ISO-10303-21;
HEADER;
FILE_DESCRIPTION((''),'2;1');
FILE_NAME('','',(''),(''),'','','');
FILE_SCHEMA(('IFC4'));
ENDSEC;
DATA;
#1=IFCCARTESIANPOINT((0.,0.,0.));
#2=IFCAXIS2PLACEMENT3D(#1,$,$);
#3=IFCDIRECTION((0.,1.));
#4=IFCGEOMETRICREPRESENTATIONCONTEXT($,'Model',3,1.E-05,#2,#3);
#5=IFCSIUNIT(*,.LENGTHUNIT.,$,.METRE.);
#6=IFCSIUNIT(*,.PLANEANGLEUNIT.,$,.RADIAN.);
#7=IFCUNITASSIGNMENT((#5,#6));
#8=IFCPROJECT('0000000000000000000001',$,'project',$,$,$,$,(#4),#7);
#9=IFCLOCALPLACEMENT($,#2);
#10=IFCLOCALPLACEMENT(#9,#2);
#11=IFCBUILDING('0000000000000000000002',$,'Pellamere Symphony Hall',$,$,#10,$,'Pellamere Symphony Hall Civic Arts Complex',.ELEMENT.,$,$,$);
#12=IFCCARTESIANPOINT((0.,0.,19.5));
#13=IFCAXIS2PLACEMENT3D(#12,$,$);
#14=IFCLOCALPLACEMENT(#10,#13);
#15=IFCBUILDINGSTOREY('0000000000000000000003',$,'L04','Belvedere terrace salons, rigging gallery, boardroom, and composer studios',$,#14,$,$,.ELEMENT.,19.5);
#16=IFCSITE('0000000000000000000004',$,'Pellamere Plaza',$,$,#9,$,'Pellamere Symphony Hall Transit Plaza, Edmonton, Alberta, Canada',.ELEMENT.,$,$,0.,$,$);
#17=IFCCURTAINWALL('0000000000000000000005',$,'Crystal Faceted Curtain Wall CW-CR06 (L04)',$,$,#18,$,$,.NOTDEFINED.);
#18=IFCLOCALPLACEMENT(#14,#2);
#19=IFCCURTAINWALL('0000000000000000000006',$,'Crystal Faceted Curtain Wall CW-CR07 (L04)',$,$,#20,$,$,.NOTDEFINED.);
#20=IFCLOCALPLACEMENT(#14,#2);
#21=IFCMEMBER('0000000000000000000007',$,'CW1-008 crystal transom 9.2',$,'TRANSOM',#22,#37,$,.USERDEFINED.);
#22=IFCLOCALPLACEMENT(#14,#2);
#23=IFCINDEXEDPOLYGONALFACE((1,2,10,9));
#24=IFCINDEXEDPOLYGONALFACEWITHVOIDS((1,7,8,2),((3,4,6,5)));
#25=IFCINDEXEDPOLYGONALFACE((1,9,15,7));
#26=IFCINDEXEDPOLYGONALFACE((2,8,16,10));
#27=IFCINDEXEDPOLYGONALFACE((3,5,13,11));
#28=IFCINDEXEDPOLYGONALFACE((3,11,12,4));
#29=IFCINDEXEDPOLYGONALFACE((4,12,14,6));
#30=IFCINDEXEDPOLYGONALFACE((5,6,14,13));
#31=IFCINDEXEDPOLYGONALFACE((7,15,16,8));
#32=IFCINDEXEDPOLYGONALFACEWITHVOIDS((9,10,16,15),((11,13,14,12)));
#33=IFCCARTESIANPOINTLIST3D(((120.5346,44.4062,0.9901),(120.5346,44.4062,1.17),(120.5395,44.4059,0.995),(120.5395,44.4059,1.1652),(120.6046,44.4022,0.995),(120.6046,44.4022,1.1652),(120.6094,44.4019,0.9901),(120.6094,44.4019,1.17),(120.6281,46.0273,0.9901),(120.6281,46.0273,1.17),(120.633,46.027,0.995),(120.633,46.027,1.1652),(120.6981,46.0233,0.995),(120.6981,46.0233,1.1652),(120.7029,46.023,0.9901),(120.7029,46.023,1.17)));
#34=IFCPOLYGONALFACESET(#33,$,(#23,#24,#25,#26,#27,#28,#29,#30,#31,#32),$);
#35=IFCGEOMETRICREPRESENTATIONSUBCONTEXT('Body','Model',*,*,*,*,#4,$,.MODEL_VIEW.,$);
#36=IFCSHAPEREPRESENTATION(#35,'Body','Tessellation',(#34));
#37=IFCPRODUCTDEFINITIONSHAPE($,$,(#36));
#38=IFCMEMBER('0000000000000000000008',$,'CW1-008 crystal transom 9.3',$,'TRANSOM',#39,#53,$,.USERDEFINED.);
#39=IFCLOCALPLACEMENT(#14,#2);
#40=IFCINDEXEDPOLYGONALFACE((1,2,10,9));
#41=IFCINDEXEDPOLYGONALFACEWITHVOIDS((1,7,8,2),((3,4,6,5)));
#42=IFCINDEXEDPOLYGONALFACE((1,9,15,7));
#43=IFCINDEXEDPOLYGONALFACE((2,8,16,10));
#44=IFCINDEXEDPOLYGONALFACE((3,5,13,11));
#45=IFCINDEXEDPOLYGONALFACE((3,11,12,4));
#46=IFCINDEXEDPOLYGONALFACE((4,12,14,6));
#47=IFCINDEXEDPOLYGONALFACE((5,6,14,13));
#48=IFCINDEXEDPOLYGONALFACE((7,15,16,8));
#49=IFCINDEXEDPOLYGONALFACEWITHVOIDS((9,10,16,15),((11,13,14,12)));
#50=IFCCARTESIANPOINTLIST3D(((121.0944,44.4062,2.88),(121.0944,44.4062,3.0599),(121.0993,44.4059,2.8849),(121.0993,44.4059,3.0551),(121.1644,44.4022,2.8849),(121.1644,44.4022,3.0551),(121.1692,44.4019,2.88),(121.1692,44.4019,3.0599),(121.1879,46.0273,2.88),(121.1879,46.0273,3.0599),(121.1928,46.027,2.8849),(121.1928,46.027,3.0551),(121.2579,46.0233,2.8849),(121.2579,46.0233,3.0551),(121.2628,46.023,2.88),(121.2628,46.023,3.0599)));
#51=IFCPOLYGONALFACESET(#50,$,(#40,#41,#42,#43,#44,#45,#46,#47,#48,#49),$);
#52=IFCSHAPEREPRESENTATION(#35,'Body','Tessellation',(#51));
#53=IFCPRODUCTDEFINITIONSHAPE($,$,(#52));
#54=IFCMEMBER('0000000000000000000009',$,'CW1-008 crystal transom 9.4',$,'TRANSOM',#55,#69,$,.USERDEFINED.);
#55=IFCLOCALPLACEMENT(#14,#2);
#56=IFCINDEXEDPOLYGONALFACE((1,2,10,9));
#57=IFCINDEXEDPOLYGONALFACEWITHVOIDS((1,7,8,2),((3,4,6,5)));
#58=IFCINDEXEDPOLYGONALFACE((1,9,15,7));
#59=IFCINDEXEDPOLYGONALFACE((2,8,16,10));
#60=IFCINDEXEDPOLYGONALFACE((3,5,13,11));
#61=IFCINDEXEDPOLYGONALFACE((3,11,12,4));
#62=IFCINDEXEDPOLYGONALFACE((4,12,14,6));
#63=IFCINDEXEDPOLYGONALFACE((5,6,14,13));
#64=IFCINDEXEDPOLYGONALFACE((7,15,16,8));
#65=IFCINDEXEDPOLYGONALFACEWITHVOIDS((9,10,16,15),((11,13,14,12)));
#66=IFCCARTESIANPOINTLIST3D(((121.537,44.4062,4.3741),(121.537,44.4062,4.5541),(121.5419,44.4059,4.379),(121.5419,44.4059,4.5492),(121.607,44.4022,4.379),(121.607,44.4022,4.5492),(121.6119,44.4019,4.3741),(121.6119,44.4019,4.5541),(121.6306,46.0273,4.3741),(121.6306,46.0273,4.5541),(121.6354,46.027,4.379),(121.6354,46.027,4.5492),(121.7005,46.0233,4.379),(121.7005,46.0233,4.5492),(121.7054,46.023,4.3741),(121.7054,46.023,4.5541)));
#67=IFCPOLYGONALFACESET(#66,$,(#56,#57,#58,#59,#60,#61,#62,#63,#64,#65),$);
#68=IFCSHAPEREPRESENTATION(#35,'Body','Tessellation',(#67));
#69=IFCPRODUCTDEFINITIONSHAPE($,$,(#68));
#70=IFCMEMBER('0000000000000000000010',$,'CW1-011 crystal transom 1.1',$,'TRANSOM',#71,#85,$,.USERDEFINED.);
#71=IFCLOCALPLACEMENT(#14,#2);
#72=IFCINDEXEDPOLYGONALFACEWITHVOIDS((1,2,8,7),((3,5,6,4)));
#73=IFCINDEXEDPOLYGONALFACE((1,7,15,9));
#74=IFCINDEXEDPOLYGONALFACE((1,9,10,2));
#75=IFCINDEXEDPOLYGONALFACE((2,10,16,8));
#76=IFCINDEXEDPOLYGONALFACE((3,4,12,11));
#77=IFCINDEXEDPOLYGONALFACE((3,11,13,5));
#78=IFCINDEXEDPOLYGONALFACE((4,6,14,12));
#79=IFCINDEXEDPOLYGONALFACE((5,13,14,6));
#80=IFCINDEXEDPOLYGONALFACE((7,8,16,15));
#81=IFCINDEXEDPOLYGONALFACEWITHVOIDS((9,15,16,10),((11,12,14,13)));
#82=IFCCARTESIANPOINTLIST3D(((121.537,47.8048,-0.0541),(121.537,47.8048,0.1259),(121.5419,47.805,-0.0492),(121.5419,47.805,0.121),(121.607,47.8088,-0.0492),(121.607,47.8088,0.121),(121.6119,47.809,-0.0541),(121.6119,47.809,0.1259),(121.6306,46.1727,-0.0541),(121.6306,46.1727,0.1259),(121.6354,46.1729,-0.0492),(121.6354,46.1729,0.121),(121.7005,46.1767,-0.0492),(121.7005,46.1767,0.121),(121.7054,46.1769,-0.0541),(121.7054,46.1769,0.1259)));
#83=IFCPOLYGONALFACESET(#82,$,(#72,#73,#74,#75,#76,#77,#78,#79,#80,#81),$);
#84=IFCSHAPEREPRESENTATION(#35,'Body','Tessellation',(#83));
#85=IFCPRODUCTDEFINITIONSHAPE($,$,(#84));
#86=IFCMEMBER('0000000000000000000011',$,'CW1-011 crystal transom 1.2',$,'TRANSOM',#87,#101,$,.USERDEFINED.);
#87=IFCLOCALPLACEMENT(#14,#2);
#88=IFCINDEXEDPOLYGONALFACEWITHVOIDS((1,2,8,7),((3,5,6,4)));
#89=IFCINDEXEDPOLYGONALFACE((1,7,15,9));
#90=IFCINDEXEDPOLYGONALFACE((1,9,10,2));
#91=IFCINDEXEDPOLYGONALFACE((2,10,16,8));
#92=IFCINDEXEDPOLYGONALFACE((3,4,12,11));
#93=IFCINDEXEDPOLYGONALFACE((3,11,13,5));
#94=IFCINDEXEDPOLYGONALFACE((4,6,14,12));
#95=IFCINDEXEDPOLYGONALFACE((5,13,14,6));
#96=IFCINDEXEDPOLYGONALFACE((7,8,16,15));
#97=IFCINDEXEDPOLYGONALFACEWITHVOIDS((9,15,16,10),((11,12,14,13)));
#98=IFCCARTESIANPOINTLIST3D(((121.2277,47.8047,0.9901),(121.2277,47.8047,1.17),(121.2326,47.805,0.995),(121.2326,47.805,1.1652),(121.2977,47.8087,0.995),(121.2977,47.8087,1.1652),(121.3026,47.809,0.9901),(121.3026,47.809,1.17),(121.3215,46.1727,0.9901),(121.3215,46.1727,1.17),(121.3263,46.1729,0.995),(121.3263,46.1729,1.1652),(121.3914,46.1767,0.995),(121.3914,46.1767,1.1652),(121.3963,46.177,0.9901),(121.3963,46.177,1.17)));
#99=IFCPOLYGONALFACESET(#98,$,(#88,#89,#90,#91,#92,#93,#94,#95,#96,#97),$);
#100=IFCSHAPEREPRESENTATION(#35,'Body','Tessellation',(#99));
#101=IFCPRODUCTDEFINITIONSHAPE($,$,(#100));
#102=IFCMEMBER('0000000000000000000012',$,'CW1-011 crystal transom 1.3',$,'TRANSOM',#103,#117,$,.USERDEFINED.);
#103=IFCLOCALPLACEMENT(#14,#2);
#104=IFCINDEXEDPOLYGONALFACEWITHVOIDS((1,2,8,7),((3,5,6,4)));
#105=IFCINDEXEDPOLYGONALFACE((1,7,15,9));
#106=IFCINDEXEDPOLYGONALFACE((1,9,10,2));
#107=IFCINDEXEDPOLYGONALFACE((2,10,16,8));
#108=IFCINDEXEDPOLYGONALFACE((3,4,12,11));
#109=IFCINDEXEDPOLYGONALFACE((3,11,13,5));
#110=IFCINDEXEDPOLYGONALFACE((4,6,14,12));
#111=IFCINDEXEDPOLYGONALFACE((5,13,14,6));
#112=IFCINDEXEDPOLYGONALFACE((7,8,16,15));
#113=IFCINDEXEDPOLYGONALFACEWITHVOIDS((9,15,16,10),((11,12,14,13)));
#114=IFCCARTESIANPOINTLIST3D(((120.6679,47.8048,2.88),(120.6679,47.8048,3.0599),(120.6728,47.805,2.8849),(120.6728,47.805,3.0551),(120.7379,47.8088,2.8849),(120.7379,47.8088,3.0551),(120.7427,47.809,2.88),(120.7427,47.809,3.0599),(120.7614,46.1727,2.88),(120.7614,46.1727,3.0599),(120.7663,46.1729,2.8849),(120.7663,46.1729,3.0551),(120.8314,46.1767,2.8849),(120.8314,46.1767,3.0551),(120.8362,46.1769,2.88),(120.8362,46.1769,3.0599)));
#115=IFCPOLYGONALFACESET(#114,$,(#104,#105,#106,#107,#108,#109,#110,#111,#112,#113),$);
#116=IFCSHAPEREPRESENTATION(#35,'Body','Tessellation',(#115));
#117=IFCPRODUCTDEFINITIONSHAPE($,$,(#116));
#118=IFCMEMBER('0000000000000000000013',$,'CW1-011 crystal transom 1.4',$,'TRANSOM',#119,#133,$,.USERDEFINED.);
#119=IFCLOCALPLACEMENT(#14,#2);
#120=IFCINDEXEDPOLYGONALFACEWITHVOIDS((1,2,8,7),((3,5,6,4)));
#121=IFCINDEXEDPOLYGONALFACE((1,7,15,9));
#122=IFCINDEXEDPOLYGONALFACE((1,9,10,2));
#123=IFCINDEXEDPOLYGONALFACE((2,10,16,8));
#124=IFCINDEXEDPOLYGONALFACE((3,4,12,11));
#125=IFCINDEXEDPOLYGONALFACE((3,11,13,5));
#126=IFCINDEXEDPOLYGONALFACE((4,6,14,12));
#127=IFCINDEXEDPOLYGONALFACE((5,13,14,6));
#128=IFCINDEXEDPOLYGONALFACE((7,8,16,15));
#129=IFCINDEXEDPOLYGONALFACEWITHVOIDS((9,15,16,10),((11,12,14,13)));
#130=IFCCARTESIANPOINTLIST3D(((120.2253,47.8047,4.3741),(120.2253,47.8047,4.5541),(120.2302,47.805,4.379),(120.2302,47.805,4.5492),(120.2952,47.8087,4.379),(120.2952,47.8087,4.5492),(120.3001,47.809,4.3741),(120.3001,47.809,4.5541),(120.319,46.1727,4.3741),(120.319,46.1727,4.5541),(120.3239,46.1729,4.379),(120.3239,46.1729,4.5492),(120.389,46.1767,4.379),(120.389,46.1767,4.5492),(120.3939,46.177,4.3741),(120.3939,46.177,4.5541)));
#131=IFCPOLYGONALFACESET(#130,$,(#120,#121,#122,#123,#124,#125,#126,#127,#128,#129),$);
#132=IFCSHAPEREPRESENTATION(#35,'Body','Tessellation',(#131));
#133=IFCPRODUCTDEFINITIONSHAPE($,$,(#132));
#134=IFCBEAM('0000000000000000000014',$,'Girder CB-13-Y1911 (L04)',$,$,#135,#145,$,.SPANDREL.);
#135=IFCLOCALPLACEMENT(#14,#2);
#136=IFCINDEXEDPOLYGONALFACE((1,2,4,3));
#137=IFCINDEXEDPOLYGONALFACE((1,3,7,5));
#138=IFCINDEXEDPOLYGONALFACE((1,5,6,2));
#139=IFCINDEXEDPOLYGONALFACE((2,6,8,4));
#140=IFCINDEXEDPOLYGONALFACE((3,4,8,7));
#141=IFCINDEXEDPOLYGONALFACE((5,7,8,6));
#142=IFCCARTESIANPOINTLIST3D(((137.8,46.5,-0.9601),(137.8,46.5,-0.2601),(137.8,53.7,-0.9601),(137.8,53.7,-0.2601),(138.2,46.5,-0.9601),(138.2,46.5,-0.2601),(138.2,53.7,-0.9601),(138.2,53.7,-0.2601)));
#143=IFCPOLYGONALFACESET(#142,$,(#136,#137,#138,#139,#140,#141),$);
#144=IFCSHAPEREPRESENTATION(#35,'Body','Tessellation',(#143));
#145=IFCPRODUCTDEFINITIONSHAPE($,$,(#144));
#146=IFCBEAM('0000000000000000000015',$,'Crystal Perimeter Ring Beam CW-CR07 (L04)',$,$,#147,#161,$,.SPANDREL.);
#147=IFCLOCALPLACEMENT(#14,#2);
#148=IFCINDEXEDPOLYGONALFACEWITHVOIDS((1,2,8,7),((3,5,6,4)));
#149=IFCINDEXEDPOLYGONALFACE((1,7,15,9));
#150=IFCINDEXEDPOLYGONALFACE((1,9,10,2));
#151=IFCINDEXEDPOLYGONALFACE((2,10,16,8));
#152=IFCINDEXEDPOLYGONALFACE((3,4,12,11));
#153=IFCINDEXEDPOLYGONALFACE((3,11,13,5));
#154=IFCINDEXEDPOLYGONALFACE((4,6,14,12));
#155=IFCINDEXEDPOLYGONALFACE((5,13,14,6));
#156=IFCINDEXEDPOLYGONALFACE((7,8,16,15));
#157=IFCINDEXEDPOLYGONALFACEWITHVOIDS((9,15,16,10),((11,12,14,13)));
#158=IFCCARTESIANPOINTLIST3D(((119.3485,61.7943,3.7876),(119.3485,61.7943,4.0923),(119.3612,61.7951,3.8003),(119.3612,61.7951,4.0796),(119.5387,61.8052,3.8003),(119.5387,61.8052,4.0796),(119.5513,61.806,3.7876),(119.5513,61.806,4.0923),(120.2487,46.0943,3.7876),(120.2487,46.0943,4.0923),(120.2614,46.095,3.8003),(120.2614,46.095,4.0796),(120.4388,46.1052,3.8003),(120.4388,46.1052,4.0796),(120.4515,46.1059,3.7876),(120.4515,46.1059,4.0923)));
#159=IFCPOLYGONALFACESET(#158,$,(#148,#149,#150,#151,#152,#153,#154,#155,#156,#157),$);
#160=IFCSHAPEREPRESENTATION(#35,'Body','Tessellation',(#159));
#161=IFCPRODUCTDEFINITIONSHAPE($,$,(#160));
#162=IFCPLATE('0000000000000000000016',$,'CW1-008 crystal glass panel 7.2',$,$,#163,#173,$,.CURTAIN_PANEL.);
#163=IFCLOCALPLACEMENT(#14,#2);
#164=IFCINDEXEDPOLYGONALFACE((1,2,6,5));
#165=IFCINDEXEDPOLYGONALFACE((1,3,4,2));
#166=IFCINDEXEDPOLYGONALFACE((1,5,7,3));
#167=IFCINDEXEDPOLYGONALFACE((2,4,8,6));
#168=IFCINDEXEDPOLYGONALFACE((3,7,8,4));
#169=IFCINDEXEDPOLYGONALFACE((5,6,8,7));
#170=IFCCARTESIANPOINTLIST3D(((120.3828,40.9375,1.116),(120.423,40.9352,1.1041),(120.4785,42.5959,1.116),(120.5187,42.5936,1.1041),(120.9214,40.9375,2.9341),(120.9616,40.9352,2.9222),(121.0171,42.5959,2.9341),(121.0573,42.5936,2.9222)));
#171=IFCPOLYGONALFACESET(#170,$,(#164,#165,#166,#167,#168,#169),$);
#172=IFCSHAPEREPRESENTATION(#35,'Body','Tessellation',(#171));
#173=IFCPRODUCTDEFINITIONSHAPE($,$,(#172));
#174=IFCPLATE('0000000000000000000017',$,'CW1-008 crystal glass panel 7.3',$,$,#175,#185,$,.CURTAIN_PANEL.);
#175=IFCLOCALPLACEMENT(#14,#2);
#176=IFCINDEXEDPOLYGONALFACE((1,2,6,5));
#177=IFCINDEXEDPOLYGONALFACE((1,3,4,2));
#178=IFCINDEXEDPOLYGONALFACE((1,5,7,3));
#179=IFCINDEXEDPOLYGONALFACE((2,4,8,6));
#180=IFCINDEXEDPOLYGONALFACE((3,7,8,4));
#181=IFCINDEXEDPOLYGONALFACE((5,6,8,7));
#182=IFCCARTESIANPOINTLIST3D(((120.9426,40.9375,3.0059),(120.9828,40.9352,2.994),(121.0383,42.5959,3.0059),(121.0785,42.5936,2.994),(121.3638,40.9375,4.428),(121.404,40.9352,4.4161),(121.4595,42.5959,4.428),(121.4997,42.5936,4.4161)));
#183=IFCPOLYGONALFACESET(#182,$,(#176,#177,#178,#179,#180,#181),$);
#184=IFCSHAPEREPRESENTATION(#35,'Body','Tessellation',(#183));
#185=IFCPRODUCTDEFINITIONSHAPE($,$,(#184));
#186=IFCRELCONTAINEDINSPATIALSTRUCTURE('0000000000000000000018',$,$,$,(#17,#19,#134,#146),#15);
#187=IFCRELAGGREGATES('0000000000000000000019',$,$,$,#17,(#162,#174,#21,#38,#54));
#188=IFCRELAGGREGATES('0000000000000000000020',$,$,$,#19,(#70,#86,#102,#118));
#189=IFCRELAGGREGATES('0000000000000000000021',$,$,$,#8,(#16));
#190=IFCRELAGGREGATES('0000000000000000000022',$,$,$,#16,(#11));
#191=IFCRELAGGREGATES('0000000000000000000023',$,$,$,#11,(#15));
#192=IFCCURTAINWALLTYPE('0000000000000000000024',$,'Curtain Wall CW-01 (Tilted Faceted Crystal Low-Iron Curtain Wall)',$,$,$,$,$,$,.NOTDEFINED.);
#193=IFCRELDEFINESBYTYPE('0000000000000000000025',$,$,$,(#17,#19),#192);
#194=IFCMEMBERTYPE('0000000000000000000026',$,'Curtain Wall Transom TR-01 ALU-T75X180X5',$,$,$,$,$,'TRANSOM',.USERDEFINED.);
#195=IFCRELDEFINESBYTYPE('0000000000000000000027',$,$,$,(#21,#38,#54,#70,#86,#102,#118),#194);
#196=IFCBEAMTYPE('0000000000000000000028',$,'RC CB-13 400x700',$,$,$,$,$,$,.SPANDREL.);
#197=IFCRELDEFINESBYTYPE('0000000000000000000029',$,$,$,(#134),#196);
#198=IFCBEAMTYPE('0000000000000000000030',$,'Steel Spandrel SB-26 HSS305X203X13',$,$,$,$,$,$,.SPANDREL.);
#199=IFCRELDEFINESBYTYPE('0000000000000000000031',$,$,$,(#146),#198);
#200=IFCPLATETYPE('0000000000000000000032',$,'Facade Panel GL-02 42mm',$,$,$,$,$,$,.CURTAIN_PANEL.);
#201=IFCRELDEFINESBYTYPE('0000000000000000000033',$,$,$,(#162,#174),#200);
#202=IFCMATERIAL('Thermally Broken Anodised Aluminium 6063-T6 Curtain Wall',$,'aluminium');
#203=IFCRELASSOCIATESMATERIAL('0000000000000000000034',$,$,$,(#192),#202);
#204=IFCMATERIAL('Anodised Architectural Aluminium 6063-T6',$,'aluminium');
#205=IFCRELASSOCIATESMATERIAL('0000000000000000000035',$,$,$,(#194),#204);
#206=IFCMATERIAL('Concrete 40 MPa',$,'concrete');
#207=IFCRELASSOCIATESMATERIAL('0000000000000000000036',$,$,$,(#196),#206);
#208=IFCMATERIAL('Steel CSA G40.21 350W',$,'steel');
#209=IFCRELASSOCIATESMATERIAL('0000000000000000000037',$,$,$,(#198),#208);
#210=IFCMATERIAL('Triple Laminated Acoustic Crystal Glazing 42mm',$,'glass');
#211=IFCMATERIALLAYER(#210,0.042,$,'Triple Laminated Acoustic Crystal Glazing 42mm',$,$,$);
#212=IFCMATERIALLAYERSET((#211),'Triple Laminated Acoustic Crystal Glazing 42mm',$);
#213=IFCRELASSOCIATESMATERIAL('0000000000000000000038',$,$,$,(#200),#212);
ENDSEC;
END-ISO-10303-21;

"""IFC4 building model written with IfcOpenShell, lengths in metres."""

from ifc_helpers import new_model, si_unit, direction, frame, origin, origin_2d, place, context, subcontext, project, spatial, polyline, rectangle, hollow_rectangle, outline, extrude, material, layer, layer_set, material_profile, profile_set, type_object, element, aggregate, save


model = new_model("IFC4")

# Units and contexts
model_context = context("Model", 3, precision=1e-05, world=origin(), true_north=direction((0.0, 1.0)))
body_context = subcontext(model_context, "Body", "Model", "MODEL_VIEW")
ifc_project = project(units=[si_unit("LENGTHUNIT", "METRE"), si_unit("PLANEANGLEUNIT", "RADIAN")], contexts=[model_context])

# Site, building, storey
site_placement = place(None, origin())
site = spatial("IfcSite", under=ifc_project, at=site_placement, Name="Pellamere Plaza", LongName="Pellamere Symphony Hall Transit Plaza, Edmonton, Alberta, Canada", CompositionType="ELEMENT", RefElevation=0.0)
building_placement = place(site_placement, origin())
building = spatial("IfcBuilding", under=site, at=building_placement, Name="Pellamere Symphony Hall", LongName="Pellamere Symphony Hall Civic Arts Complex", CompositionType="ELEMENT")
storey_placement = place(building_placement, frame((0.0, 0.0, 19.5)))
storey = spatial("IfcBuildingStorey", under=building, at=storey_placement, Name="L04", Description="Belvedere terrace salons, rigging gallery, boardroom, and composer studios", CompositionType="ELEMENT", Elevation=19.5)

# Curtain walls
ifc_material_1 = material(Name="Thermally Broken Anodised Aluminium 6063-T6 Curtain Wall", Category="aluminium")
curtain_wall_type = type_object("IfcCurtainWallType", Name="Curtain Wall CW-01 (Tilted Faceted Crystal Low-Iron Curtain Wall)", PredefinedType="NOTDEFINED", material=ifc_material_1)
curtain_wall_1_placement = place(storey_placement, origin())
curtain_wall_1 = element("IfcCurtainWall", 1, at=curtain_wall_1_placement, inside=storey, type_object=curtain_wall_type, Name="Crystal Faceted Curtain Wall CW-CR06 (L04)", PredefinedType="NOTDEFINED")
ifc_material_2 = material(Name="Anodised Architectural Aluminium 6063-T6", Category="aluminium")
curtain_wall_2_placement = place(storey_placement, origin())
curtain_wall_2 = element("IfcCurtainWall", 2, at=curtain_wall_2_placement, inside=storey, type_object=curtain_wall_type, Name="Crystal Faceted Curtain Wall CW-CR07 (L04)", PredefinedType="NOTDEFINED")

# Members
ifc_material_profile_1 = material_profile(ifc_material_2, hollow_rectangle(XDim=0.075, YDim=0.1799, WallThickness=0.0049, at=origin_2d()), Name="ALU-T75X180X5")
ifc_profile_set_1 = profile_set([ifc_material_profile_1], Name="Anodised Architectural Aluminium 6063-T6")
member_type_1 = type_object("IfcMemberType", Name="Curtain Wall Transom TR-01 ALU-T75X180X5", ElementType="TRANSOM", PredefinedType="USERDEFINED", material=ifc_profile_set_1)
member_1_placement = place(storey_placement, frame((120.572, 44.4041, 1.0801), z_axis=(0.057585, 0.998341, 0.0), x_axis=(-0.998341, 0.057585, 0.0)))
member_1 = element("IfcMember", 3, at=member_1_placement, type_object=member_type_1, Name="CW1-008 crystal transom 9.2", ObjectType="TRANSOM", PredefinedType="USERDEFINED", context=body_context, shape_type="SweptSolid", body=[
    extrude(hollow_rectangle(XDim=0.075, YDim=0.1799, WallThickness=0.0049, at=origin_2d()), origin(), (0.0, 0.0, 1.0), 1.6238),
])
member_2_placement = place(storey_placement, frame((121.1318, 44.4041, 2.97), z_axis=(0.057585, 0.998341, 0.0), x_axis=(-0.998341, 0.057585, 0.0)))
member_2 = element("IfcMember", 4, at=member_2_placement, type_object=member_type_1, Name="CW1-008 crystal transom 9.3", ObjectType="TRANSOM", PredefinedType="USERDEFINED", context=body_context, shape_type="SweptSolid", body=[
    extrude(hollow_rectangle(XDim=0.075, YDim=0.1799, WallThickness=0.0049, at=origin_2d()), origin(), (0.0, 0.0, 1.0), 1.6238),
])
member_3_placement = place(storey_placement, frame((121.5745, 44.4041, 4.4641), z_axis=(0.057585, 0.998341, 0.0), x_axis=(-0.998341, 0.057585, 0.0)))
member_3 = element("IfcMember", 5, at=member_3_placement, type_object=member_type_1, Name="CW1-008 crystal transom 9.4", ObjectType="TRANSOM", PredefinedType="USERDEFINED", context=body_context, shape_type="SweptSolid", body=[
    extrude(hollow_rectangle(XDim=0.075, YDim=0.1799, WallThickness=0.0049, at=origin_2d()), origin(), (0.0, 0.0, 1.0), 1.6238),
])
member_4_placement = place(storey_placement, frame((121.668, 46.1748, 0.0359), z_axis=(-0.057199, 0.998363, 0.0), x_axis=(-0.998363, -0.057199, 0.0)))
member_4 = element("IfcMember", 6, at=member_4_placement, type_object=member_type_1, Name="CW1-011 crystal transom 1.1", ObjectType="TRANSOM", PredefinedType="USERDEFINED", context=body_context, shape_type="SweptSolid", body=[
    extrude(hollow_rectangle(XDim=0.075, YDim=0.1799, WallThickness=0.0049, at=origin_2d()), origin(), (0.0, 0.0, 1.0), 1.6348),
])
member_5_placement = place(storey_placement, frame((121.3589, 46.1748, 1.0801), z_axis=(-0.057348, 0.998354, 0.0), x_axis=(-0.998354, -0.057348, 0.0)))
member_5 = element("IfcMember", 7, at=member_5_placement, type_object=member_type_1, Name="CW1-011 crystal transom 1.2", ObjectType="TRANSOM", PredefinedType="USERDEFINED", context=body_context, shape_type="SweptSolid", body=[
    extrude(hollow_rectangle(XDim=0.075, YDim=0.1799, WallThickness=0.0049, at=origin_2d()), origin(), (0.0, 0.0, 1.0), 1.6348),
])
member_6_placement = place(storey_placement, frame((120.7988, 46.1748, 2.97), z_axis=(-0.057199, 0.998363, 0.0), x_axis=(-0.998363, -0.057199, 0.0)))
member_6 = element("IfcMember", 8, at=member_6_placement, type_object=member_type_1, Name="CW1-011 crystal transom 1.3", ObjectType="TRANSOM", PredefinedType="USERDEFINED", context=body_context, shape_type="SweptSolid", body=[
    extrude(hollow_rectangle(XDim=0.075, YDim=0.1799, WallThickness=0.0049, at=origin_2d()), origin(), (0.0, 0.0, 1.0), 1.6348),
])
member_7_placement = place(storey_placement, frame((120.3564, 46.1748, 4.4641), z_axis=(-0.057348, 0.998354, 0.0), x_axis=(-0.998354, -0.057348, 0.0)))
member_7 = element("IfcMember", 9, at=member_7_placement, type_object=member_type_1, Name="CW1-011 crystal transom 1.4", ObjectType="TRANSOM", PredefinedType="USERDEFINED", context=body_context, shape_type="SweptSolid", body=[
    extrude(hollow_rectangle(XDim=0.075, YDim=0.1799, WallThickness=0.0049, at=origin_2d()), origin(), (0.0, 0.0, 1.0), 1.6348),
])

# Beams
ifc_material_3 = material(Name="Concrete 40 MPa", Category="concrete")
ifc_material_profile_2 = material_profile(ifc_material_3, rectangle(XDim=0.3999, YDim=0.7, at=origin_2d()), Name="RC 400x700")
ifc_profile_set_2 = profile_set([ifc_material_profile_2], Name="Concrete 40 MPa")
beam_type_1 = type_object("IfcBeamType", Name="RC CB-13 400x700", PredefinedType="SPANDREL", material=ifc_profile_set_2)
beam_1_placement = place(storey_placement, frame((138.0, 46.5, -0.6101), z_axis=(0.0, 1.0, 0.0), x_axis=(-1.0, 0.0, 0.0)))
element("IfcBeam", 10, at=beam_1_placement, inside=storey, type_object=beam_type_1, Name="Girder CB-13-Y1911 (L04)", PredefinedType="SPANDREL", context=body_context, shape_type="SweptSolid", body=[
    extrude(rectangle(XDim=0.3999, YDim=0.7, at=origin_2d()), origin(), (0.0, 0.0, 1.0), 7.2),
])
ifc_material_4 = material(Name="Steel CSA G40.21 350W", Category="steel")
ifc_material_profile_3 = material_profile(ifc_material_4, hollow_rectangle(XDim=0.2031, YDim=0.3047, WallThickness=0.0127, at=origin_2d()), Name="HSS305X203X13")
ifc_profile_set_3 = profile_set([ifc_material_profile_3], Name="Steel CSA G40.21 350W")
beam_type_2 = type_object("IfcBeamType", Name="Steel Spandrel SB-26 HSS305X203X13", PredefinedType="SPANDREL", material=ifc_profile_set_3)
beam_2_placement = place(storey_placement, frame((120.3501, 46.1001, 3.9399), z_axis=(-0.05724, 0.99836, 0.0), x_axis=(-0.99836, -0.05724, 0.0)))
element("IfcBeam", 11, at=beam_2_placement, inside=storey, type_object=beam_type_2, Name="Crystal Perimeter Ring Beam CW-CR07 (L04)", PredefinedType="SPANDREL", context=body_context, shape_type="SweptSolid", body=[
    extrude(hollow_rectangle(XDim=0.2031, YDim=0.3047, WallThickness=0.0127, at=origin_2d()), origin(), (0.0, 0.0, 1.0), 15.7258),
])

# Plates
ifc_material_5 = material(Name="Triple Laminated Acoustic Crystal Glazing 42mm", Category="glass")
ifc_layer_1 = layer(ifc_material_5, 0.042, Name="Triple Laminated Acoustic Crystal Glazing 42mm")
ifc_layer_set_1 = layer_set([ifc_layer_1], Name="Triple Laminated Acoustic Crystal Glazing 42mm")
plate_type_1 = type_object("IfcPlateType", Name="Facade Panel GL-02 42mm", PredefinedType="CURTAIN_PANEL", material=ifc_layer_set_1)
plate_1_placement = place(storey_placement, frame((120.3828, 40.9375, 1.116), z_axis=(-0.957352, 0.055245, 0.283593), x_axis=(0.057611, 0.998339, 0.0)))
plate_1 = element("IfcPlate", 12, at=plate_1_placement, type_object=plate_type_1, Name="CW1-008 crystal glass panel 7.2", PredefinedType="CURTAIN_PANEL", context=body_context, shape_type="SweptSolid", body=[
    extrude(outline(polyline([(0.0, 0.0), (1.6612, 0.0), (1.6922, -1.896), (0.031, -1.896), (0.0, 0.0)])), origin(), (0.0, 0.0, -1.0), 0.042),
])
plate_2_placement = place(storey_placement, frame((120.9426, 40.9375, 3.0059), z_axis=(-0.957375, 0.055247, 0.283515), x_axis=(0.057611, 0.998339, 0.0)))
plate_2 = element("IfcPlate", 13, at=plate_2_placement, type_object=plate_type_1, Name="CW1-008 crystal glass panel 7.3", PredefinedType="CURTAIN_PANEL", context=body_context, shape_type="SweptSolid", body=[
    extrude(outline(polyline([(0.0, 0.0), (1.6612, 0.0), (1.6855, -1.483), (0.0243, -1.483), (0.0, 0.0)])), origin(), (0.0, 0.0, -1.0), 0.042),
])
aggregate(curtain_wall_1, [plate_1, plate_2, member_1, member_2, member_3])
aggregate(curtain_wall_2, [member_4, member_5, member_6, member_7])

save(model, "model.ifc")
